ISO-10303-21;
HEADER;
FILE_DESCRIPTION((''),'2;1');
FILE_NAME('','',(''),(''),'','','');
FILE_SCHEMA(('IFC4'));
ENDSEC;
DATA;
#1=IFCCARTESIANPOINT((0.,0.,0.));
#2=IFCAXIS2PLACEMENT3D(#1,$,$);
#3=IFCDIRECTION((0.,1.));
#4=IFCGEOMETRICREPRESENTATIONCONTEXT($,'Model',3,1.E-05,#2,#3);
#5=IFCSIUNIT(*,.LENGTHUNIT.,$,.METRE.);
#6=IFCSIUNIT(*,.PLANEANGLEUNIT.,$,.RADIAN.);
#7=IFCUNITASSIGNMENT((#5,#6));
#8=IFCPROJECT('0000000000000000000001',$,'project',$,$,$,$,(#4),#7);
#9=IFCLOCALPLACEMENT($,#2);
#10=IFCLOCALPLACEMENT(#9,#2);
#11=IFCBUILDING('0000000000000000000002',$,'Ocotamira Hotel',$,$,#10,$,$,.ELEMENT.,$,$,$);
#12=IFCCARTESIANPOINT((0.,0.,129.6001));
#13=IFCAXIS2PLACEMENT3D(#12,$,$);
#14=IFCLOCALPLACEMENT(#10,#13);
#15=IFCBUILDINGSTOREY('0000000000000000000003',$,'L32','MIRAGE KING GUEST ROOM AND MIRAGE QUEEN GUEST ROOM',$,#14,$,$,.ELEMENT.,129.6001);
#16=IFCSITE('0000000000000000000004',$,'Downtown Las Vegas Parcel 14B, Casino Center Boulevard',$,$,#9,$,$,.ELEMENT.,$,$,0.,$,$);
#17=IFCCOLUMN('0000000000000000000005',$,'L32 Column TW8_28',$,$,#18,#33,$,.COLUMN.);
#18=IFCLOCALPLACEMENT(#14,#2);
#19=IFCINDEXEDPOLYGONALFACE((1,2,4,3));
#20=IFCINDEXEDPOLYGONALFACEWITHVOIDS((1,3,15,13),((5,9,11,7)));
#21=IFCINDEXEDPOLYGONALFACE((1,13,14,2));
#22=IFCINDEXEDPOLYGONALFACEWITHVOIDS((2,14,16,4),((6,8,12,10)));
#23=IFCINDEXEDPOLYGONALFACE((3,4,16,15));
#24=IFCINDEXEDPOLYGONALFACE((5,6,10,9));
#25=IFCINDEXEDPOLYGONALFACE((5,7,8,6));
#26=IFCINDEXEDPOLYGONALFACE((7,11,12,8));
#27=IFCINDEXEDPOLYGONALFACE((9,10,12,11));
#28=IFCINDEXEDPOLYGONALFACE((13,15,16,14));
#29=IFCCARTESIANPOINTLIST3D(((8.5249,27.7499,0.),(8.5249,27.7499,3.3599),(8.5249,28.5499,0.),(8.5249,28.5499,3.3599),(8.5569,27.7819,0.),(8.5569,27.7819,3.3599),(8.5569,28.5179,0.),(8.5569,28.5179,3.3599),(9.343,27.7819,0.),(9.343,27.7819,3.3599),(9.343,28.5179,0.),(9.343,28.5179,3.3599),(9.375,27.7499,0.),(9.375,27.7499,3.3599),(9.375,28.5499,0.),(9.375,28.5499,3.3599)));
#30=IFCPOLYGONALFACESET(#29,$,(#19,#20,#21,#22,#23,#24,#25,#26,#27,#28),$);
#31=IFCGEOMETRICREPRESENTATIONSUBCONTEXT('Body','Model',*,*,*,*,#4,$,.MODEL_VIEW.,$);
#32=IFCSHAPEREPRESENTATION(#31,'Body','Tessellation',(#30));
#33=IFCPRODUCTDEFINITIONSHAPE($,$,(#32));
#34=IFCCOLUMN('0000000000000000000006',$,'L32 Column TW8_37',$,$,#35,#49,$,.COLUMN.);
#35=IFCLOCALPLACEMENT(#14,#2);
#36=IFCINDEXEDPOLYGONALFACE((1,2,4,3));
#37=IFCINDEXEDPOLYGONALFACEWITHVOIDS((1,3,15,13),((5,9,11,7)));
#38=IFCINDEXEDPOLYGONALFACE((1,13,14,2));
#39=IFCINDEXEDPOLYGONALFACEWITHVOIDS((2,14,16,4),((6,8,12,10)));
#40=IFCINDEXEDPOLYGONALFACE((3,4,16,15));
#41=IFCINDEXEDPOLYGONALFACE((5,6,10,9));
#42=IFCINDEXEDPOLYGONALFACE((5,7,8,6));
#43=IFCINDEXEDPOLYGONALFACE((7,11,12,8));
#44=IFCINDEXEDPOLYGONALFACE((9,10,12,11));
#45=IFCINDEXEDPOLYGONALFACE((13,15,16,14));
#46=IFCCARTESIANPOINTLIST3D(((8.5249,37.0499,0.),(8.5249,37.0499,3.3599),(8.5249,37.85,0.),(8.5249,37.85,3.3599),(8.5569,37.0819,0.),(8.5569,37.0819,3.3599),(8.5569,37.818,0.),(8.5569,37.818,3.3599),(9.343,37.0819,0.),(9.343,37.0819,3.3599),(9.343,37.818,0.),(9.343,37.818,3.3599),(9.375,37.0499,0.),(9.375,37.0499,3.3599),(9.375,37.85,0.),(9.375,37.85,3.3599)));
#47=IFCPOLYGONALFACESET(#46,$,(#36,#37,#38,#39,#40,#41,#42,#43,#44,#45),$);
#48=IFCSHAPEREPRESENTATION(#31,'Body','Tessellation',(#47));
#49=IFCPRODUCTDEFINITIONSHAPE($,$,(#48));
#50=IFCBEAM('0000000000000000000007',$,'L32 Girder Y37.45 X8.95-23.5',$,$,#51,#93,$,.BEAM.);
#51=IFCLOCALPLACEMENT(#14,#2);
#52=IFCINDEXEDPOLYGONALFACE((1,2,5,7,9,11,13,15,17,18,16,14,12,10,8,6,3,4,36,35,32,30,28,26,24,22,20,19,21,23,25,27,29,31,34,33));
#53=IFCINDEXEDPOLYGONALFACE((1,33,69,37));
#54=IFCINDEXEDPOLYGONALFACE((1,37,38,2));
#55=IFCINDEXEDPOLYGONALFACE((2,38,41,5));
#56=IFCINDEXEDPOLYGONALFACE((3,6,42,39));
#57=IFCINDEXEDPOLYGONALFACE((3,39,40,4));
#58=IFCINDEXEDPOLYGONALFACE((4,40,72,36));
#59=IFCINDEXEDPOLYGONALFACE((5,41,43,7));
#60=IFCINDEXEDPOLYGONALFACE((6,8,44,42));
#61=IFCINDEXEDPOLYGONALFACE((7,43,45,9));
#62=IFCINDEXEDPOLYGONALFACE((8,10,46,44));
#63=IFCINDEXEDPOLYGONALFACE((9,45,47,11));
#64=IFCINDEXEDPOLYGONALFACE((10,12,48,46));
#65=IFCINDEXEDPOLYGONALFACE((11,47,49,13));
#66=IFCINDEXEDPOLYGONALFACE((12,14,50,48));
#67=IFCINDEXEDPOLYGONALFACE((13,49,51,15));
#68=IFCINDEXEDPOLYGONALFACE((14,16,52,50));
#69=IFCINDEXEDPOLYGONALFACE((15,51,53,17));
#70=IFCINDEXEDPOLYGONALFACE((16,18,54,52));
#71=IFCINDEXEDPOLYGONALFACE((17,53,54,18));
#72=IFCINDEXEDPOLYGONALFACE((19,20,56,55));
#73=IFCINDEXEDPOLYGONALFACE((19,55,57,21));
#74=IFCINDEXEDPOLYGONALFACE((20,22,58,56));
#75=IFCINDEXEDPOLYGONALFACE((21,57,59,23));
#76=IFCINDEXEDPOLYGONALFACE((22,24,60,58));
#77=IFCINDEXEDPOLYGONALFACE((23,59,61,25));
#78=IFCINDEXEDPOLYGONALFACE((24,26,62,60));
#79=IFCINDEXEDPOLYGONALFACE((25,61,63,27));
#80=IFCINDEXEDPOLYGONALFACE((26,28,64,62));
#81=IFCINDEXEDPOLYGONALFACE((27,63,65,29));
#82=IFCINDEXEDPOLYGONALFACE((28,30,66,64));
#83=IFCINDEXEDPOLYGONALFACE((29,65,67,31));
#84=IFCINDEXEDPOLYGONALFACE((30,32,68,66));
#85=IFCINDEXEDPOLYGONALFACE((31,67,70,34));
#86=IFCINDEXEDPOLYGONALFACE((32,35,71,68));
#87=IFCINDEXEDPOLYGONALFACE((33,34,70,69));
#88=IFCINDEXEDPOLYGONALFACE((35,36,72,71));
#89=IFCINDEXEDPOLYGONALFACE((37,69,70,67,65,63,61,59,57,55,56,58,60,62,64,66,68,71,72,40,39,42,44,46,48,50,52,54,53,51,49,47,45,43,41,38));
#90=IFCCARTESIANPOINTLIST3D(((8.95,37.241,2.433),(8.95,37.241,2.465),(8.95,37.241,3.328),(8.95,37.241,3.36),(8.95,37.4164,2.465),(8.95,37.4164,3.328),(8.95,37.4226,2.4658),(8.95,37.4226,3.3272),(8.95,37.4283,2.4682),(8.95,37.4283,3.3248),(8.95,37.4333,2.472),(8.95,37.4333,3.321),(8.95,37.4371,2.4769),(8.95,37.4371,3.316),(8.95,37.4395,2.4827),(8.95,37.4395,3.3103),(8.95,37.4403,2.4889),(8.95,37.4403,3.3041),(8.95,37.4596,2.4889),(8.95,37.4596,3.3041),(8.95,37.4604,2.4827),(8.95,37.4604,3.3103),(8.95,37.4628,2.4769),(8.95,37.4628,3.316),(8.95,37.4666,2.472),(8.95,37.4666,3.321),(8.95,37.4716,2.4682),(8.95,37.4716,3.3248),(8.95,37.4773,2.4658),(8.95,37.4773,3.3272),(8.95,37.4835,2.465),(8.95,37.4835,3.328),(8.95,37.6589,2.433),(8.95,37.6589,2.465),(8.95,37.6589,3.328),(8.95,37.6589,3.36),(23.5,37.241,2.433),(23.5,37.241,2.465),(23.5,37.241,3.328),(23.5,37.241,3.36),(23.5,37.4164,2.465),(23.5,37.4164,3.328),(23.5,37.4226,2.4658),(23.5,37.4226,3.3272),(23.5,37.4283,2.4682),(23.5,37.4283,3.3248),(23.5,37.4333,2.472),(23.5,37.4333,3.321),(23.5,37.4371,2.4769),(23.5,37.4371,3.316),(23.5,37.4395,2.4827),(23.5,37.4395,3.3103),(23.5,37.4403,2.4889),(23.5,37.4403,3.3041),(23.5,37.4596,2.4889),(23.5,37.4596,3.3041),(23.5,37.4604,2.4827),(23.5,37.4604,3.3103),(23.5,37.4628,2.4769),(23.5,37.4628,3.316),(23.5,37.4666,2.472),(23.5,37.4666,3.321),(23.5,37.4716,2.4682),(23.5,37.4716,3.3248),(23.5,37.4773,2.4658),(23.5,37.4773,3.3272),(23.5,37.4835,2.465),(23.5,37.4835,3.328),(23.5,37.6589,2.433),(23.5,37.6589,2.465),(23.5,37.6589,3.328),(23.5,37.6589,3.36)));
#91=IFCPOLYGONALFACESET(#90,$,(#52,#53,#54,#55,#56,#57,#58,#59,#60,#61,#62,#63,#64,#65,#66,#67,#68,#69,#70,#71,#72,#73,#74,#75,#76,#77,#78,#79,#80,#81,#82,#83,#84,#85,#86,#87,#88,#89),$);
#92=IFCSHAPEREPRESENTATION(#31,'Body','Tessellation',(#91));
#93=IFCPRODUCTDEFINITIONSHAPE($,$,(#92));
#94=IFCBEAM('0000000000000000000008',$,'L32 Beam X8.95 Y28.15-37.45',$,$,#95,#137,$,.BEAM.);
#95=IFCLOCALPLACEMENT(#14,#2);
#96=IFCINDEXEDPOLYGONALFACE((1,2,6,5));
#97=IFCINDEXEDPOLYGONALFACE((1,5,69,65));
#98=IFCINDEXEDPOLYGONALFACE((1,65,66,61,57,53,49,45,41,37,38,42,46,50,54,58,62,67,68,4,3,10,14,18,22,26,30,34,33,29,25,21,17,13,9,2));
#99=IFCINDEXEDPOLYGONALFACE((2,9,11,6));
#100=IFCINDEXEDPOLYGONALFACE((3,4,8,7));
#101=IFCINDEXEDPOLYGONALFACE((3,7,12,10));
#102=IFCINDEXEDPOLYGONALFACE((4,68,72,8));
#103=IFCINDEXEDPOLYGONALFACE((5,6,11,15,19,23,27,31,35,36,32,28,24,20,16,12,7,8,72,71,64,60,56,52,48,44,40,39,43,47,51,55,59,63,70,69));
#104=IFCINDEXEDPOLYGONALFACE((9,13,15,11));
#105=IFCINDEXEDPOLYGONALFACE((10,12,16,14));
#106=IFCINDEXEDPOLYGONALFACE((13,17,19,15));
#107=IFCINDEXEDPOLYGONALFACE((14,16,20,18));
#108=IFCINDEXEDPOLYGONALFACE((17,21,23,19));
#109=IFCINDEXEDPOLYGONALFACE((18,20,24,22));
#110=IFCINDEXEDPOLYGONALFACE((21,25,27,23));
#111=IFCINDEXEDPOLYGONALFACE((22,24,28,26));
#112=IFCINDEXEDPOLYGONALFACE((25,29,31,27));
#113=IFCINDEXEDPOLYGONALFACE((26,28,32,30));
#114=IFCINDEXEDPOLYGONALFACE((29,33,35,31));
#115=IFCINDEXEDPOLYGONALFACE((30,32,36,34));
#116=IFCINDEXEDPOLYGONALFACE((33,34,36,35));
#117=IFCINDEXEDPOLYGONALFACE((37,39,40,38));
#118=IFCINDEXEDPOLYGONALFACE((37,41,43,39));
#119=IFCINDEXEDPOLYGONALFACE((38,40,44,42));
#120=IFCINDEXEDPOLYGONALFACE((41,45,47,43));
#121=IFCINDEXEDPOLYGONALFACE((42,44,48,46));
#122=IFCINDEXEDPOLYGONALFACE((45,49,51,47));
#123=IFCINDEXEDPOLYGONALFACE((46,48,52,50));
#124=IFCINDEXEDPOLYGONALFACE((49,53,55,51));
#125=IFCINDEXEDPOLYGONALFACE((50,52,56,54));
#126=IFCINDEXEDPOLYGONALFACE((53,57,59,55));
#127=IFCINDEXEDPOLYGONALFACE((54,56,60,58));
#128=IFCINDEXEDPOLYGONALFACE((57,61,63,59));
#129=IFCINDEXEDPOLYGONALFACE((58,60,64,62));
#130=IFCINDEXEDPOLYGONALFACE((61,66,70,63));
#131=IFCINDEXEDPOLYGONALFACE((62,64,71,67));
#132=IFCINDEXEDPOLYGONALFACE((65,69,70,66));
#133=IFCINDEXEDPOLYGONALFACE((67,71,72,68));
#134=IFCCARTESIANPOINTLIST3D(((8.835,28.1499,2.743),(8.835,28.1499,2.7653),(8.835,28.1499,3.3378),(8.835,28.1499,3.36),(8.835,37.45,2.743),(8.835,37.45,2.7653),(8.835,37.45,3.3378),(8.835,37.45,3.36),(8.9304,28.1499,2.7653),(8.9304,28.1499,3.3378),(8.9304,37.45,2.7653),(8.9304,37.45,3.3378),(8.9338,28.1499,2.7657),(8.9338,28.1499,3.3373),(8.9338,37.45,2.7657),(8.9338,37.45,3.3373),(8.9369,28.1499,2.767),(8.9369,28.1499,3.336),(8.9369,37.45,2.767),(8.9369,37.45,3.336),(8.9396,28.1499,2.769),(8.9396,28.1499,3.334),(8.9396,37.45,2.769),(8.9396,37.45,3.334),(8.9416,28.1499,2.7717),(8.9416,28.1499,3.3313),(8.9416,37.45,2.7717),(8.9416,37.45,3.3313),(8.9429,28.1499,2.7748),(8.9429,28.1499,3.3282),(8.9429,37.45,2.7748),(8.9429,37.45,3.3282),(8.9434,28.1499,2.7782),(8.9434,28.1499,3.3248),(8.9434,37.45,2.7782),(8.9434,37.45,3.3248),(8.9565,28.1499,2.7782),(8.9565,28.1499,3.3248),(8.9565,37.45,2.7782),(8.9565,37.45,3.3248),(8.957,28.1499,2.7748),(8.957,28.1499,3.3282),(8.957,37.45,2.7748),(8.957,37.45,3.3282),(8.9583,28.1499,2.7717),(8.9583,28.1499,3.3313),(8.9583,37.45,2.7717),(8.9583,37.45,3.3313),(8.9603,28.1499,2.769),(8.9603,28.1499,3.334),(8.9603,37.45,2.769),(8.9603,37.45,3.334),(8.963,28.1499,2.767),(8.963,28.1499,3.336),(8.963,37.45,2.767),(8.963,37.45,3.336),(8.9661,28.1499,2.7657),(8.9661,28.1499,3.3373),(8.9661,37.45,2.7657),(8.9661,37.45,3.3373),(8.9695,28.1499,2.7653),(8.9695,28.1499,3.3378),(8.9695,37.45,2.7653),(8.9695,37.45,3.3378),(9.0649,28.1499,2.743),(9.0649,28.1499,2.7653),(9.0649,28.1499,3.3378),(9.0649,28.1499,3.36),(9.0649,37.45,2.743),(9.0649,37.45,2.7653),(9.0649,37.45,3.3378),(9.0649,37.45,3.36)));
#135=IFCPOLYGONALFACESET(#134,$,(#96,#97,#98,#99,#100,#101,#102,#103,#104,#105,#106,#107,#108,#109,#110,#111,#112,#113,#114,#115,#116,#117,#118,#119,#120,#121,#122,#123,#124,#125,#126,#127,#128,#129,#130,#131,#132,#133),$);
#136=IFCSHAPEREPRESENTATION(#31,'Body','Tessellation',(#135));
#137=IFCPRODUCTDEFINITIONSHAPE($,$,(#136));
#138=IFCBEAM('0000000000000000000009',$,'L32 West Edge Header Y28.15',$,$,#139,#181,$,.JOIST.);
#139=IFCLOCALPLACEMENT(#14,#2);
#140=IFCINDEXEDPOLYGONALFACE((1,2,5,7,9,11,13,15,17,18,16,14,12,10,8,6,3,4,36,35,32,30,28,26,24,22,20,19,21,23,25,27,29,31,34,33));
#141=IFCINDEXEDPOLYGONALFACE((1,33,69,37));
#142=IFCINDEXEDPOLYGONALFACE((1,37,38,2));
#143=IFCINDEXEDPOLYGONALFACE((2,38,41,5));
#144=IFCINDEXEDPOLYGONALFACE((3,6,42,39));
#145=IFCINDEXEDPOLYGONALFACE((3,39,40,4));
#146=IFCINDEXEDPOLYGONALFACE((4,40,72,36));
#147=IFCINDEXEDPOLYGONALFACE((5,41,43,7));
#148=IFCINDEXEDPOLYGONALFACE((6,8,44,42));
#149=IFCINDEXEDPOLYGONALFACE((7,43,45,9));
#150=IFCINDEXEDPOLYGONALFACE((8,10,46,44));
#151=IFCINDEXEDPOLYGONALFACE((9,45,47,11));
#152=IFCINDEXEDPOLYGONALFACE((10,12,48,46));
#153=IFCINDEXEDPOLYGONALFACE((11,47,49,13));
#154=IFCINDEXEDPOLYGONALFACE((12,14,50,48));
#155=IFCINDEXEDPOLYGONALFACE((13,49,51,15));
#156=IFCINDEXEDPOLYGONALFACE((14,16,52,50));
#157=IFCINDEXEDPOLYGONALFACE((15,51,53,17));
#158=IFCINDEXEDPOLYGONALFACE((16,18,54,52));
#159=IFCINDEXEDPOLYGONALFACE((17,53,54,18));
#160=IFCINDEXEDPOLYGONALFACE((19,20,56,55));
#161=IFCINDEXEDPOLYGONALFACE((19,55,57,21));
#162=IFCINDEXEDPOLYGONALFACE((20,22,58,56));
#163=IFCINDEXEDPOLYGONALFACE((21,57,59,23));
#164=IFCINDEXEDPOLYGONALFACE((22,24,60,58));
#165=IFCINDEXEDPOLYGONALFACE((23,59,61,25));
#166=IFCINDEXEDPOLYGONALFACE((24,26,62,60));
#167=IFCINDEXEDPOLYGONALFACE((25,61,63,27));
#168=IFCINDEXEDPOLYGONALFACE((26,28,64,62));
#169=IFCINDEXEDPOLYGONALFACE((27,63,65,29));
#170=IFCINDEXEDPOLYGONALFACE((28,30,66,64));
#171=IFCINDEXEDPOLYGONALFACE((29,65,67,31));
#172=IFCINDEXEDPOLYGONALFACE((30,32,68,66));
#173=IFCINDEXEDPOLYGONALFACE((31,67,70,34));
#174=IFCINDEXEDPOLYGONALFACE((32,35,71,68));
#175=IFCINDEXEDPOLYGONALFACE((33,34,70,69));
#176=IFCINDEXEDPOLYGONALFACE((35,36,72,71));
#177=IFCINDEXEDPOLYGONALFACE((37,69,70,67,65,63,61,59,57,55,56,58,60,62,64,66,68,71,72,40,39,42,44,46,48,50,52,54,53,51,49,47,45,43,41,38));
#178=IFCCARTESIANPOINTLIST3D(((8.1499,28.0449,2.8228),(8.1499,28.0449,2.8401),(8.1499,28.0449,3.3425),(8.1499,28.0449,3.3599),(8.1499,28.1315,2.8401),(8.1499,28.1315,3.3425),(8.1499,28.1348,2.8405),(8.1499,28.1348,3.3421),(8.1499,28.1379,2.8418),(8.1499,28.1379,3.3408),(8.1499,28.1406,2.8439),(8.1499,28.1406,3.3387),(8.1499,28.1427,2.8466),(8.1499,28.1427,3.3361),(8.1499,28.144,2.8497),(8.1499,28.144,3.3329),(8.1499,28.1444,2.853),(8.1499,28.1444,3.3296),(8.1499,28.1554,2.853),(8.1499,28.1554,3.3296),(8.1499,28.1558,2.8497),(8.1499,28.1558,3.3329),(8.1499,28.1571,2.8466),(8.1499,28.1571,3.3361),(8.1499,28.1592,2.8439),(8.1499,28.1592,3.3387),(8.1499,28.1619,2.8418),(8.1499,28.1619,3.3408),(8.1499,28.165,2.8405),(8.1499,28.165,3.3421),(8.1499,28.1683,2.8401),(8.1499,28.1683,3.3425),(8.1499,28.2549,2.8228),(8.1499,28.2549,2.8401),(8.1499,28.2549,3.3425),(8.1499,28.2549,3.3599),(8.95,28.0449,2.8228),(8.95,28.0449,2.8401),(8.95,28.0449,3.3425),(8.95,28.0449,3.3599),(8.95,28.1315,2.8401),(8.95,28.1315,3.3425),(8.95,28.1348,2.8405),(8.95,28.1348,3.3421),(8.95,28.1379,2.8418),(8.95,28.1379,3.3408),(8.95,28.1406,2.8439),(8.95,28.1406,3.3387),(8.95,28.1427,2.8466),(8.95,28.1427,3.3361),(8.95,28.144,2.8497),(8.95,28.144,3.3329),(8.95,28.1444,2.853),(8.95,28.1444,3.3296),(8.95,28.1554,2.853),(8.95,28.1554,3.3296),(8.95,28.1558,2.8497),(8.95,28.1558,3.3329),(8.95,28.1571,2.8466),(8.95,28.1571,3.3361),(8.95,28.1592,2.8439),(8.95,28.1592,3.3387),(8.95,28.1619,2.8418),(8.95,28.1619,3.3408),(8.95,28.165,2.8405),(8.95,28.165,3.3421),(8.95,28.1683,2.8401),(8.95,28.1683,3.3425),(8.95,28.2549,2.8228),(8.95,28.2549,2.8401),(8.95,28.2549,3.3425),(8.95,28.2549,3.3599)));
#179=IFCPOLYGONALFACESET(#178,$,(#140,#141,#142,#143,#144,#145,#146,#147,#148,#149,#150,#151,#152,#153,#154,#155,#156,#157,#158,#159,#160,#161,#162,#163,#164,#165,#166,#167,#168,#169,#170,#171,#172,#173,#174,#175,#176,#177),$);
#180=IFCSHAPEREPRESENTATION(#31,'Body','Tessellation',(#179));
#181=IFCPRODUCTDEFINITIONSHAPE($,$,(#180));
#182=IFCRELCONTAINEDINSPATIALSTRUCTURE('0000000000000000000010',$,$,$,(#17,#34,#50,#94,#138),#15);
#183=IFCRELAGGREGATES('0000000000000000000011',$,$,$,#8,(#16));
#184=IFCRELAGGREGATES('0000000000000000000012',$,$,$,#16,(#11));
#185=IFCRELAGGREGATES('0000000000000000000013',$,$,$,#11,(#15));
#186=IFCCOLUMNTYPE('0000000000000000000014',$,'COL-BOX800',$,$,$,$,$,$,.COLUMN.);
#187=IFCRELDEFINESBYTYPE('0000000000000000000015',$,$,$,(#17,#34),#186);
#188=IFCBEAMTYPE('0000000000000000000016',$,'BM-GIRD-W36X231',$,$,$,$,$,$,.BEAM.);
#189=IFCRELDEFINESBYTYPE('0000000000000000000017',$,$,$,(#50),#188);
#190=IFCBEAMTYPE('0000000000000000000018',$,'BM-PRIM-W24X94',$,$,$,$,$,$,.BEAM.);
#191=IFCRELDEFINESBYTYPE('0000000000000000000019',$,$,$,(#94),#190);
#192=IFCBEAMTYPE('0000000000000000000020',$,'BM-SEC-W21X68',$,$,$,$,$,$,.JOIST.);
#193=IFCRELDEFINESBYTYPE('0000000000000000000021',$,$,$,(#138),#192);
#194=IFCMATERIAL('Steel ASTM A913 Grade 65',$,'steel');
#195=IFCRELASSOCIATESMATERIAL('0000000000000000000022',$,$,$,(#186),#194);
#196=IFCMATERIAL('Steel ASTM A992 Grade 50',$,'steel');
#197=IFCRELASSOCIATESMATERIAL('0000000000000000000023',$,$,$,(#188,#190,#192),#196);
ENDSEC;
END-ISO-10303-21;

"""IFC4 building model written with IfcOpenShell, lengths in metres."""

from ifc_helpers import new_model, si_unit, direction, frame, origin, origin_2d, place, context, subcontext, project, spatial, hollow_rectangle, i_section, extrude, source, transform, mapped, material, material_profile, profile_set, type_object, element, save


model = new_model("IFC4")

# Units and contexts
model_context = context("Model", 3, precision=1e-05, world=origin(), true_north=direction((0.0, 1.0)))
body_context = subcontext(model_context, "Body", "Model", "MODEL_VIEW")
ifc_project = project(units=[si_unit("LENGTHUNIT", "METRE"), si_unit("PLANEANGLEUNIT", "RADIAN")], contexts=[model_context])

# Site, building, storey
site_placement = place(None, origin())
site = spatial("IfcSite", under=ifc_project, at=site_placement, Name="Downtown Las Vegas Parcel 14B, Casino Center Boulevard", CompositionType="ELEMENT", RefElevation=0.0)
building_placement = place(site_placement, origin())
building = spatial("IfcBuilding", under=site, at=building_placement, Name="Ocotamira Hotel", CompositionType="ELEMENT")
storey_placement = place(building_placement, frame((0.0, 0.0, 129.6001)))
storey = spatial("IfcBuildingStorey", under=building, at=storey_placement, Name="L32", Description="MIRAGE KING GUEST ROOM AND MIRAGE QUEEN GUEST ROOM", CompositionType="ELEMENT", Elevation=129.6001)

# Columns
ifc_material_1 = material(Name="Steel ASTM A913 Grade 65", Category="steel")
ifc_material_profile_1 = material_profile(ifc_material_1, hollow_rectangle(XDim=0.8501, YDim=0.8, WallThickness=0.032, at=origin_2d()), Name="BOX800X850X32")
ifc_profile_set_1 = profile_set([ifc_material_profile_1], Name="Steel ASTM A913 Grade 65")
column_type = type_object("IfcColumnType", Name="COL-BOX800", PredefinedType="COLUMN", material=ifc_profile_set_1)
shared_shape_1 = source(origin(), body_context, "Body", "SweptSolid", [
    extrude(hollow_rectangle(XDim=0.8501, YDim=0.8, WallThickness=0.032, at=origin_2d()), origin(), (0.0, 0.0, 1.0), 3.3599),
])
for number, where, z_axis, x_axis, name in (
    (1, (8.95, 28.1499, 0.0), (0.0, 0.0, 1.0), (1.0, 0.0, 0.0), "L32 Column TW8_28"),
    (2, (8.95, 37.45, 0.0), (0.0, 0.0, 1.0), (1.0, 0.0, 0.0), "L32 Column TW8_37"),
):
    element("IfcColumn", number, at=place(storey_placement, frame(where, z_axis=z_axis, x_axis=x_axis)), inside=storey, type_object=column_type, Name=name, PredefinedType="COLUMN", context=body_context, shape_type="MappedRepresentation", body=[
        mapped(shared_shape_1, transform((0.0, 0.0, 0.0), scale=1.0)),
    ])

# Beams
ifc_material_2 = material(Name="Steel ASTM A992 Grade 50", Category="steel")
ifc_material_profile_2 = material_profile(ifc_material_2, i_section(OverallWidth=0.418, OverallDepth=0.927, WebThickness=0.0193, FlangeThickness=0.032, FilletRadius=0.0239, at=origin_2d()), Name="W36X231")
ifc_profile_set_2 = profile_set([ifc_material_profile_2], Name="Steel ASTM A992 Grade 50")
beam_type_1 = type_object("IfcBeamType", Name="BM-GIRD-W36X231", PredefinedType="BEAM", material=ifc_profile_set_2)
shared_shape_2 = source(origin(), body_context, "Body", "SweptSolid", [
    extrude(i_section(OverallWidth=0.418, OverallDepth=0.927, WebThickness=0.0193, FlangeThickness=0.032, FilletRadius=0.0239, at=origin_2d()), origin(), (0.0, 0.0, 1.0), 14.55),
])
beam_1_placement = place(storey_placement, frame((8.95, 37.45, 2.8965), z_axis=(1.0, 0.0, 0.0), x_axis=(0.0, 1.0, 0.0)))
element("IfcBeam", 3, at=beam_1_placement, inside=storey, type_object=beam_type_1, Name="L32 Girder Y37.45 X8.95-23.5", PredefinedType="BEAM", context=body_context, shape_type="MappedRepresentation", body=[
    mapped(shared_shape_2, transform((0.0, 0.0, 0.0), scale=1.0)),
])
ifc_material_profile_3 = material_profile(ifc_material_2, i_section(OverallWidth=0.23, OverallDepth=0.6169, WebThickness=0.0132, FlangeThickness=0.0222, FilletRadius=0.0129, at=origin_2d()), Name="W24X94")
ifc_profile_set_3 = profile_set([ifc_material_profile_3], Name="Steel ASTM A992 Grade 50")
beam_type_2 = type_object("IfcBeamType", Name="BM-PRIM-W24X94", PredefinedType="BEAM", material=ifc_profile_set_3)
shared_shape_3 = source(origin(), body_context, "Body", "SweptSolid", [
    extrude(i_section(OverallWidth=0.23, OverallDepth=0.6169, WebThickness=0.0132, FlangeThickness=0.0222, FilletRadius=0.0129, at=origin_2d()), origin(), (0.0, 0.0, 1.0), 9.3),
])
beam_2_placement = place(storey_placement, frame((8.95, 28.1499, 3.0515), z_axis=(0.0, 1.0, 0.0), x_axis=(-1.0, 0.0, 0.0)))
element("IfcBeam", 4, at=beam_2_placement, inside=storey, type_object=beam_type_2, Name="L32 Beam X8.95 Y28.15-37.45", PredefinedType="BEAM", context=body_context, shape_type="MappedRepresentation", body=[
    mapped(shared_shape_3, transform((0.0, 0.0, 0.0), scale=1.0)),
])
ifc_material_profile_4 = material_profile(ifc_material_2, i_section(OverallWidth=0.21, OverallDepth=0.5371, WebThickness=0.011, FlangeThickness=0.0173, FilletRadius=0.0129, at=origin_2d()), Name="W21X68")
ifc_profile_set_4 = profile_set([ifc_material_profile_4], Name="Steel ASTM A992 Grade 50")
beam_type_3 = type_object("IfcBeamType", Name="BM-SEC-W21X68", PredefinedType="JOIST", material=ifc_profile_set_4)
shared_shape_4 = source(origin(), body_context, "Body", "SweptSolid", [
    extrude(i_section(OverallWidth=0.21, OverallDepth=0.5371, WebThickness=0.011, FlangeThickness=0.0173, FilletRadius=0.0129, at=origin_2d()), origin(), (0.0, 0.0, 1.0), 0.8),
])
for number, where, z_axis, x_axis, name in (
    (5, (8.95, 28.1499, 3.0913), (-1.0, 0.0, 0.0), (0.0, -1.0, 0.0), "L32 West Edge Header Y28.15"),
):
    element("IfcBeam", number, at=place(storey_placement, frame(where, z_axis=z_axis, x_axis=x_axis)), inside=storey, type_object=beam_type_3, Name=name, PredefinedType="JOIST", context=body_context, shape_type="MappedRepresentation", body=[
        mapped(shared_shape_4, transform((0.0, 0.0, 0.0), scale=1.0)),
    ])

save(model, "model.ifc")
